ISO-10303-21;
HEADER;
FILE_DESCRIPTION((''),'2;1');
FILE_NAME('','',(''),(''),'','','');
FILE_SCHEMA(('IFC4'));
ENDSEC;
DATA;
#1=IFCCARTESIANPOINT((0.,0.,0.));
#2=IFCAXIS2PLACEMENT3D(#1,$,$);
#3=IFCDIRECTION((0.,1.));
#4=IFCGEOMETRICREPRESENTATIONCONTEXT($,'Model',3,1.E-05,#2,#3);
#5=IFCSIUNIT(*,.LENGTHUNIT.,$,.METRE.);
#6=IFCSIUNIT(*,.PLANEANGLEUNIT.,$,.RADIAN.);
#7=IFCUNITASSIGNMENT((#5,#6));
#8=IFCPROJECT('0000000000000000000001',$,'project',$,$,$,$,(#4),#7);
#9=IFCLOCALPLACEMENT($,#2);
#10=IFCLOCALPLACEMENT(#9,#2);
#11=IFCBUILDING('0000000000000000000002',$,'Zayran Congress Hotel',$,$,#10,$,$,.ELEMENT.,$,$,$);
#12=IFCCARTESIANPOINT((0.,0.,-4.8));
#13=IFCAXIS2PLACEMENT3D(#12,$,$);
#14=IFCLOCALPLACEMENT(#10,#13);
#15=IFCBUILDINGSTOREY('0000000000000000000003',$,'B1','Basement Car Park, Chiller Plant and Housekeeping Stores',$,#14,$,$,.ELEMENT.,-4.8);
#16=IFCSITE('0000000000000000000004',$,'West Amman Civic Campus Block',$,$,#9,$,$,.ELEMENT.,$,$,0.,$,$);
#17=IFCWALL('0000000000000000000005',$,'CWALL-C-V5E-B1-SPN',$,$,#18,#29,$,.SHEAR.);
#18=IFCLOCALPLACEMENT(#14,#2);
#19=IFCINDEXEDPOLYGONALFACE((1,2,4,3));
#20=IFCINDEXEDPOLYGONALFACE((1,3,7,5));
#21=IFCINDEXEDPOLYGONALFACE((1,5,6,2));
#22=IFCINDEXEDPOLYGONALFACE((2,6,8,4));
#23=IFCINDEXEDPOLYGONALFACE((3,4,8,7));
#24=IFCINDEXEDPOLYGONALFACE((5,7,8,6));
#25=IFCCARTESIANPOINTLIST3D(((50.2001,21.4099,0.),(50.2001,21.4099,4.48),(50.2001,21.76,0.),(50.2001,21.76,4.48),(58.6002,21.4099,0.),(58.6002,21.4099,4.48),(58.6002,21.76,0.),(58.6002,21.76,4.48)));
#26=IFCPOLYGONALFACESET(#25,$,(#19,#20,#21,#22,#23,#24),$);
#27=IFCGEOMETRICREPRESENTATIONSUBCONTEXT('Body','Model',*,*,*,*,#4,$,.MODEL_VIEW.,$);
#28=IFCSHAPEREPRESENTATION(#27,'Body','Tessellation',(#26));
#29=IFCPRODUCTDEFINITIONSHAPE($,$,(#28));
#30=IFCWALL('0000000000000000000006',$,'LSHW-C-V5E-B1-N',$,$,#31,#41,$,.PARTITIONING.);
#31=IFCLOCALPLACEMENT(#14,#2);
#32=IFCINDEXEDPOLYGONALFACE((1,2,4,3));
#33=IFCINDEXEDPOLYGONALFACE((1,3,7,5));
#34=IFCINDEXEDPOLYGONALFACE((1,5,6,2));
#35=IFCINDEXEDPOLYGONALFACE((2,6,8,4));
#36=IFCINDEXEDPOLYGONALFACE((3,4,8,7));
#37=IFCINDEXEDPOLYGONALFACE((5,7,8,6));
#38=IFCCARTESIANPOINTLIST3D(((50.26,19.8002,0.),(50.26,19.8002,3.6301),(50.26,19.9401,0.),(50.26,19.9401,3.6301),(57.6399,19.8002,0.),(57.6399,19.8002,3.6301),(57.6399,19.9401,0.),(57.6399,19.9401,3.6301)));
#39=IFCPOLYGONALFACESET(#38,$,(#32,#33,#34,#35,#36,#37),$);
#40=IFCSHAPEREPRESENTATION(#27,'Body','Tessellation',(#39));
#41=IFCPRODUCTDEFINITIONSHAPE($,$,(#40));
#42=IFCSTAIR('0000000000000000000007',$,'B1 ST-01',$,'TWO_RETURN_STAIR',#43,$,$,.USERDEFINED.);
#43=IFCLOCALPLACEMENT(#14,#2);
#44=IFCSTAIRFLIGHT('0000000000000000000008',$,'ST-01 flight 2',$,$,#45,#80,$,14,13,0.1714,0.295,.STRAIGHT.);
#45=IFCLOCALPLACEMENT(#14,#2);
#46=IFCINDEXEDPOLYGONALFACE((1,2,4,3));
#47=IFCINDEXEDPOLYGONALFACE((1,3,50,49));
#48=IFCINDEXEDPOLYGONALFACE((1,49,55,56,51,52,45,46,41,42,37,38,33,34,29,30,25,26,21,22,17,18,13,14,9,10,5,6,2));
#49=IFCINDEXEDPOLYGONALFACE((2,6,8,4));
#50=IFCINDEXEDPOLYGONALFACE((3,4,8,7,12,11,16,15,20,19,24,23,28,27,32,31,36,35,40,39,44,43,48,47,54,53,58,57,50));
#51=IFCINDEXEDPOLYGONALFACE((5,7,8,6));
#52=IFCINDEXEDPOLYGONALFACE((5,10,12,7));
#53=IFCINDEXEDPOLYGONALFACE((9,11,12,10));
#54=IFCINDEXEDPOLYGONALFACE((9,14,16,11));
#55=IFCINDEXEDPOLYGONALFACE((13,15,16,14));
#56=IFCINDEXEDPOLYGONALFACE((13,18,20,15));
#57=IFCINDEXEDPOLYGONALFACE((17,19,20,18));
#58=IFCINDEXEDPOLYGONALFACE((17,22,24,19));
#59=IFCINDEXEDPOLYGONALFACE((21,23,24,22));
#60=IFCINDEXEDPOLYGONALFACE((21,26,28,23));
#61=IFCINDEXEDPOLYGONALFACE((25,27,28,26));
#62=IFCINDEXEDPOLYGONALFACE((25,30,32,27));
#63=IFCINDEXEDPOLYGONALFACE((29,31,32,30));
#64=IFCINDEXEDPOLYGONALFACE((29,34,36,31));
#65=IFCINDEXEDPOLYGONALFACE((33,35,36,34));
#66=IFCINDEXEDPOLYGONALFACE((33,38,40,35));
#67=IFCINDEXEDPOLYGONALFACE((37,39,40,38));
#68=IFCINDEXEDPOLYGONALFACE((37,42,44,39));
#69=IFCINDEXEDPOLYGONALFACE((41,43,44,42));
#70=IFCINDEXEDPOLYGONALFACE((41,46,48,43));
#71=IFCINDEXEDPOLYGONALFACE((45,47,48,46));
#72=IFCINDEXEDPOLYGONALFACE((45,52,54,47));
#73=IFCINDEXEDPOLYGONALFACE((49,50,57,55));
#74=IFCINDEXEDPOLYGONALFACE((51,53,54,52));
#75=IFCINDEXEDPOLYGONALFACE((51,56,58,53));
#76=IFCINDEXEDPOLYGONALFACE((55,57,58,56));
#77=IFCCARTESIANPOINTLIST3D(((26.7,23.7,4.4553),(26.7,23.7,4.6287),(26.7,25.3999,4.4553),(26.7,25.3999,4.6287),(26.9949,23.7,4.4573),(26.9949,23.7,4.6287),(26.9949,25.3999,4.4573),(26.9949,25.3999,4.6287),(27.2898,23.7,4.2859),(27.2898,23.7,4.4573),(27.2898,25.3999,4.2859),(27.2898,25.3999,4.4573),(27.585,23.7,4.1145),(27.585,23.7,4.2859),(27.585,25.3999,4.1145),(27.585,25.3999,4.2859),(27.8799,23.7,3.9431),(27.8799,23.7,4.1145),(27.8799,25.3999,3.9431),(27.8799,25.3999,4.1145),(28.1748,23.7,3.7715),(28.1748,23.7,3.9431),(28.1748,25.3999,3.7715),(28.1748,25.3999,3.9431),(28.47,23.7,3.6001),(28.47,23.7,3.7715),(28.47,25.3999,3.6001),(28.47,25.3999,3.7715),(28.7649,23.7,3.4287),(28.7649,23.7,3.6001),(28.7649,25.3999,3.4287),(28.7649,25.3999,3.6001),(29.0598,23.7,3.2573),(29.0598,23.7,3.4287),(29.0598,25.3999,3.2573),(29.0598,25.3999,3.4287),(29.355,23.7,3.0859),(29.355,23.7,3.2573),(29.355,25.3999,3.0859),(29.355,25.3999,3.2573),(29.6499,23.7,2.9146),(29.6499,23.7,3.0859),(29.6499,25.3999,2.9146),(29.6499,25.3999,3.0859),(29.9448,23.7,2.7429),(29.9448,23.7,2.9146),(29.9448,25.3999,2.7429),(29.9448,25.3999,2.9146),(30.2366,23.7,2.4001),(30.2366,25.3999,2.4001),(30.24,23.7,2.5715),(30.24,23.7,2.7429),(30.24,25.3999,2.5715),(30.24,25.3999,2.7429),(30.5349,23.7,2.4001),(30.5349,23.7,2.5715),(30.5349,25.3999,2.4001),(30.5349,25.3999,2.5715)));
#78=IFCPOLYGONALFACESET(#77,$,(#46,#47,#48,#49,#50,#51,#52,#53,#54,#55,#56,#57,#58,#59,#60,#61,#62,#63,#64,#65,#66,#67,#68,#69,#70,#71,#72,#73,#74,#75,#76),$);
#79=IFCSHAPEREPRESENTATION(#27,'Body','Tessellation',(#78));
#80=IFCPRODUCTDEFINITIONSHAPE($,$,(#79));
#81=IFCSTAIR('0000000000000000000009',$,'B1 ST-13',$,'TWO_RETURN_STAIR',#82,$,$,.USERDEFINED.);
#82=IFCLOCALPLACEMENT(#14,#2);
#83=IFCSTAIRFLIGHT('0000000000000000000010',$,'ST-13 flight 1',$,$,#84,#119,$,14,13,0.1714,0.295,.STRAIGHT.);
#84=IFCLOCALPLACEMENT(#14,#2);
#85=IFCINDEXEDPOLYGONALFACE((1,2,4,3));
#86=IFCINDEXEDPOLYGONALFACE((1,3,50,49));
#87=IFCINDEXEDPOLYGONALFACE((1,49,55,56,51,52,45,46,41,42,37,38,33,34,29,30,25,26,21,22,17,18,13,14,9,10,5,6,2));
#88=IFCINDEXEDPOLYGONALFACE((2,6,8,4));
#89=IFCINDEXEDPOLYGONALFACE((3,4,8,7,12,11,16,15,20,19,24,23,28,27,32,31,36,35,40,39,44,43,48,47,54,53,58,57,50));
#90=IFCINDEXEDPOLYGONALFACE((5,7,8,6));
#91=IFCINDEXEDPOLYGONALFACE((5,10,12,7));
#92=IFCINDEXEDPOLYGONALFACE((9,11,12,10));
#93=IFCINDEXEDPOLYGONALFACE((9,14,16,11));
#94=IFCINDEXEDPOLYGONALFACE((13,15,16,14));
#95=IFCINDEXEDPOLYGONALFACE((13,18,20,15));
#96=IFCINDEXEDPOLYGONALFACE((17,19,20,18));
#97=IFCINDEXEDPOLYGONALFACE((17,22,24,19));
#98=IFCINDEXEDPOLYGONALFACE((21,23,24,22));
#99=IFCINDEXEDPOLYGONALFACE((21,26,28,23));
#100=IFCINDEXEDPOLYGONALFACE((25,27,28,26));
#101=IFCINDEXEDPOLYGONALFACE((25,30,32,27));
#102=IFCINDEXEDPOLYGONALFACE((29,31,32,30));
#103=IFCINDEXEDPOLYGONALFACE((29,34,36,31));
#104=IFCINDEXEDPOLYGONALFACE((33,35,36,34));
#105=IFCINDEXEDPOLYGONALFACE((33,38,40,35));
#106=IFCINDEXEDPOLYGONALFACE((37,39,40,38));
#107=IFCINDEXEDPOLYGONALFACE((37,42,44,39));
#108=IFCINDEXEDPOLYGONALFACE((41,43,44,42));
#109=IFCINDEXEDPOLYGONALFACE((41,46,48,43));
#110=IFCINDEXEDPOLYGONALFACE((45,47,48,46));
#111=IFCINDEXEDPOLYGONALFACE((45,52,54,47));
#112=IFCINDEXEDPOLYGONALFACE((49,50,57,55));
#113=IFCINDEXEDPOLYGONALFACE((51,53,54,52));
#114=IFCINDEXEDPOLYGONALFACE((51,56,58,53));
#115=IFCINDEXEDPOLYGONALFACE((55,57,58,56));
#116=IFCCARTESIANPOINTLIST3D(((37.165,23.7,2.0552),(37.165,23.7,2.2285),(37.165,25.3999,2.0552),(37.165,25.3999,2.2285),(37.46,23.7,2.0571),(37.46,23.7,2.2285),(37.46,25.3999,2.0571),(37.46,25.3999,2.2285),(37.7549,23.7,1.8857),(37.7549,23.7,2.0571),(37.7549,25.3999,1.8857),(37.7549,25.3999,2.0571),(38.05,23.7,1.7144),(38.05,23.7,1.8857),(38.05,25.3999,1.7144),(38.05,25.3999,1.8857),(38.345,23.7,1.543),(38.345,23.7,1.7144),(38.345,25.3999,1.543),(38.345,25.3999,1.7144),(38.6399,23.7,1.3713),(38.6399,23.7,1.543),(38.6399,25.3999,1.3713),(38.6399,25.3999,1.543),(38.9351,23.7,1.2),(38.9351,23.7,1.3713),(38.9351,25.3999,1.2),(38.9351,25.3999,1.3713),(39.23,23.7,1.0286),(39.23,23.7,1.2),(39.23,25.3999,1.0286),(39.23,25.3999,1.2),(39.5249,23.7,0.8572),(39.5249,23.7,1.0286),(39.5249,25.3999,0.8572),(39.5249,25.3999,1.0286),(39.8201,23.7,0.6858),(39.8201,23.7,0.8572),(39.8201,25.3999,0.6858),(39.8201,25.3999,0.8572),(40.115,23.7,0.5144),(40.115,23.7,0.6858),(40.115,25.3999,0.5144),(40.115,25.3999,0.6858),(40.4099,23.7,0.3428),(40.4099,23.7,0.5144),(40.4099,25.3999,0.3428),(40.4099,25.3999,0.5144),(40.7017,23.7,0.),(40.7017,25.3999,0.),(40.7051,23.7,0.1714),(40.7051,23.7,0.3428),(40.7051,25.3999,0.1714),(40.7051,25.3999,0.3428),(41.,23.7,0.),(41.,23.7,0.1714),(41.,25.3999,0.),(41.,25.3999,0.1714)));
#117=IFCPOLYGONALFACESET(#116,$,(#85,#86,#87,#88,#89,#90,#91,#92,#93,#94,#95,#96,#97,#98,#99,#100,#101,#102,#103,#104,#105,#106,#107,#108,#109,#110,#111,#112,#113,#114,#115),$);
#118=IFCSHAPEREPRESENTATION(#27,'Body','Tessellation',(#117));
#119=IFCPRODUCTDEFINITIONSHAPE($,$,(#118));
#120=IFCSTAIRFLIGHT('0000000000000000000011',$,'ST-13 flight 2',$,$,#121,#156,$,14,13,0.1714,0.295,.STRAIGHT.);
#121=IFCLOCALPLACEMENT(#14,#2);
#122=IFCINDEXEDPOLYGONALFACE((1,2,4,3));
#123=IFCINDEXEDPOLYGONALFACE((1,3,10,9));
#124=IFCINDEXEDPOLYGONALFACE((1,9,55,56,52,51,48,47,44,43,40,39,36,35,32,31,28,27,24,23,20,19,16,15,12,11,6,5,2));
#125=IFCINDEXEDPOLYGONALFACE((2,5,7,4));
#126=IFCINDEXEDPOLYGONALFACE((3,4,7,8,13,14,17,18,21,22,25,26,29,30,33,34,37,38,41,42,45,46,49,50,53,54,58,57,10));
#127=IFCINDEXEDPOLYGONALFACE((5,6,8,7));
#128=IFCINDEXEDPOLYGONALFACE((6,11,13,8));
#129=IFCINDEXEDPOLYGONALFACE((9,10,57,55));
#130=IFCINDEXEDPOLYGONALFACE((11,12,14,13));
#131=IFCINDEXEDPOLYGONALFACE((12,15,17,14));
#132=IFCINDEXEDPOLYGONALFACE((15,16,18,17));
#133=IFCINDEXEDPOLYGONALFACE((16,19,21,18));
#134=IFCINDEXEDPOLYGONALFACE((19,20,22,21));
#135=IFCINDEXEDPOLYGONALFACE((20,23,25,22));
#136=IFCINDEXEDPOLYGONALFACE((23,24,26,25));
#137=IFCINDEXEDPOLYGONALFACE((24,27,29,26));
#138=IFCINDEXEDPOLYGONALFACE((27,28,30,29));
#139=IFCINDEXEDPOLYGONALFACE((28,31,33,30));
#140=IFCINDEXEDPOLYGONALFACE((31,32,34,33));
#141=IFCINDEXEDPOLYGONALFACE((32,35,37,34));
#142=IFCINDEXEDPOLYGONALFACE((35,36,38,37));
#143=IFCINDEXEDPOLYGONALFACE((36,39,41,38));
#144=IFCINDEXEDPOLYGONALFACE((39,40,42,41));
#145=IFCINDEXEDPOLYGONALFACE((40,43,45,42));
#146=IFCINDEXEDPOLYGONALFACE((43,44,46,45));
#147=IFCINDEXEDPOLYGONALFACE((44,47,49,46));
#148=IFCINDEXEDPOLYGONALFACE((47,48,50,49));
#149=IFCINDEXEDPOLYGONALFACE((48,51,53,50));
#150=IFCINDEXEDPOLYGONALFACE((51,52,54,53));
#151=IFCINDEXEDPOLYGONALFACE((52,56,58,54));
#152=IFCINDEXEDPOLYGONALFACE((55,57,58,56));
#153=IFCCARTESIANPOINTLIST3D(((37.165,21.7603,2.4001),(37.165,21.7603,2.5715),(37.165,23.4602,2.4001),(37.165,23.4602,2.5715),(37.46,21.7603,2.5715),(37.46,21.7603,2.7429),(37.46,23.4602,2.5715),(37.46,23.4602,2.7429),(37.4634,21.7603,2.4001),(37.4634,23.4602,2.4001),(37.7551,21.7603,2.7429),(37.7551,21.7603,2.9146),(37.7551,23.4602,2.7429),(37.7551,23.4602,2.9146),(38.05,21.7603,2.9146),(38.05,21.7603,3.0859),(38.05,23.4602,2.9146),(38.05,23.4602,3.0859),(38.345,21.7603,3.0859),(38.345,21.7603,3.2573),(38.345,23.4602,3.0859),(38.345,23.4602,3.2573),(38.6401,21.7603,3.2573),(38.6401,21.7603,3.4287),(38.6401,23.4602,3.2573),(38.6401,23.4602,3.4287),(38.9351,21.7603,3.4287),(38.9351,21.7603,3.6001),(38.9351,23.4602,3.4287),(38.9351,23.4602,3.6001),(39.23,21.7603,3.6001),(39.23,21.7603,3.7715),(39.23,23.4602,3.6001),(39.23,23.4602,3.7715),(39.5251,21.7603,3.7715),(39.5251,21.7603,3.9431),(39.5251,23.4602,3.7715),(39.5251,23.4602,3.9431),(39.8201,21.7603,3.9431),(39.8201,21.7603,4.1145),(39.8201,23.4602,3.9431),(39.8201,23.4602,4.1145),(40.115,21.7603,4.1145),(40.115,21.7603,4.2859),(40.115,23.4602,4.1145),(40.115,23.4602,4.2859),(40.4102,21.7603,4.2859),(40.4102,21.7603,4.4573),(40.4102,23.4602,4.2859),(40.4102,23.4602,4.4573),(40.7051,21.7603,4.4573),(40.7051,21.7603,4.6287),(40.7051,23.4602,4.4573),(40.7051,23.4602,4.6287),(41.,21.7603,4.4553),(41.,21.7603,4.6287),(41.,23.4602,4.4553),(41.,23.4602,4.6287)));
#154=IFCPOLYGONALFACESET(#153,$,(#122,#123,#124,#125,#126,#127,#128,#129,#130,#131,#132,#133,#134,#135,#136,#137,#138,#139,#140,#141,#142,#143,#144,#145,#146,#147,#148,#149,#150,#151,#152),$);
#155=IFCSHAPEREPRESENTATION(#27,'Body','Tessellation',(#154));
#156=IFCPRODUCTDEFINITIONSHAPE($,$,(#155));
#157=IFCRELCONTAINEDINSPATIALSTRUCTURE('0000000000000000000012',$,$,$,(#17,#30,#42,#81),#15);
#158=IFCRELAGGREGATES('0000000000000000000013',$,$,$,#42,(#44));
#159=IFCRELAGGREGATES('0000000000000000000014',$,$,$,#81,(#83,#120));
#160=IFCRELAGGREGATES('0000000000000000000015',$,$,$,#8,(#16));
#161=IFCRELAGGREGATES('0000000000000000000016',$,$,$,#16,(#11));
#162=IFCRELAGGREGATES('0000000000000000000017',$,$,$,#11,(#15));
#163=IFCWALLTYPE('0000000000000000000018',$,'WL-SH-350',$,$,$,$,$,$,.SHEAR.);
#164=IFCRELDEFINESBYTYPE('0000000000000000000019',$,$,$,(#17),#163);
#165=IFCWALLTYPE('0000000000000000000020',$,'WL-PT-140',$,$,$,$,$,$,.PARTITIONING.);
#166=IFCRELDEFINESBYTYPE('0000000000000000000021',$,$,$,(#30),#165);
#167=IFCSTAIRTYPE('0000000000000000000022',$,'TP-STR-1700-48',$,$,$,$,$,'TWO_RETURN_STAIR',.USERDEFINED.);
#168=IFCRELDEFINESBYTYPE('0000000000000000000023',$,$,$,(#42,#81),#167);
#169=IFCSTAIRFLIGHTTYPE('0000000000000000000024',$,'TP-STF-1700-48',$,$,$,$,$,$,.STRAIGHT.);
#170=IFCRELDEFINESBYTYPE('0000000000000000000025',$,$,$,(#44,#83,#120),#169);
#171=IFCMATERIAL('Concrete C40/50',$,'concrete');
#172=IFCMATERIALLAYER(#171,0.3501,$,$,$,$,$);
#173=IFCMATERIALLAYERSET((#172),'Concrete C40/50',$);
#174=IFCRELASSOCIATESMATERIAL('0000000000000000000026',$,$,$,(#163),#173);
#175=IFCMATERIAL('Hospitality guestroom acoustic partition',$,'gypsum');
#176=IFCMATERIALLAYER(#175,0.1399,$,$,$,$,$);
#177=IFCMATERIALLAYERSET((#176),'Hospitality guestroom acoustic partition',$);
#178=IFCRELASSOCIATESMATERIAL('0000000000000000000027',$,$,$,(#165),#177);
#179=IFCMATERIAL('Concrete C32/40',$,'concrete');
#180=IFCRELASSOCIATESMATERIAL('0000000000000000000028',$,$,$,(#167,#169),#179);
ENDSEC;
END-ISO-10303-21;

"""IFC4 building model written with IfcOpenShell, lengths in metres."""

from ifc_helpers import new_model, si_unit, direction, frame, frame_2d, origin, place, context, subcontext, project, spatial, polyline, rectangle, outline, extrude, material, layer, layer_set, type_object, element, aggregate, save


model = new_model("IFC4")

# Units and contexts
model_context = context("Model", 3, precision=1e-05, world=origin(), true_north=direction((0.0, 1.0)))
body_context = subcontext(model_context, "Body", "Model", "MODEL_VIEW")
ifc_project = project(units=[si_unit("LENGTHUNIT", "METRE"), si_unit("PLANEANGLEUNIT", "RADIAN")], contexts=[model_context])

# Site, building, storey
site_placement = place(None, origin())
site = spatial("IfcSite", under=ifc_project, at=site_placement, Name="West Amman Civic Campus Block", CompositionType="ELEMENT", RefElevation=0.0)
building_placement = place(site_placement, origin())
building = spatial("IfcBuilding", under=site, at=building_placement, Name="Zayran Congress Hotel", CompositionType="ELEMENT")
storey_placement = place(building_placement, frame((0.0, 0.0, -4.8)))
storey = spatial("IfcBuildingStorey", under=building, at=storey_placement, Name="B1", Description="Basement Car Park, Chiller Plant and Housekeeping Stores", CompositionType="ELEMENT", Elevation=-4.8)

# Shared definitions
ifc_material_1 = material(Name="Concrete C40/50", Category="concrete")

# Walls
ifc_layer_1 = layer(ifc_material_1, 0.3501)
ifc_layer_set_1 = layer_set([ifc_layer_1], Name="Concrete C40/50")
wall_type_1 = type_object("IfcWallType", Name="WL-SH-350", PredefinedType="SHEAR", material=ifc_layer_set_1)
wall_1_placement = place(storey_placement, frame((50.2, 21.585, 0.0), z_axis=(0.0, 0.0, 1.0), x_axis=(1.0, 0.0, 0.0)))
element("IfcWall", 1, at=wall_1_placement, inside=storey, type_object=wall_type_1, Name="CWALL-C-V5E-B1-SPN", PredefinedType="SHEAR", context=body_context, shape_type="SweptSolid", body=[
    extrude(rectangle(XDim=8.4001, YDim=0.3501, at=frame_2d((4.2002, 0.0))), origin(), (0.0, 0.0, 1.0), 4.48),
])
ifc_material_2 = material(Name="Hospitality guestroom acoustic partition", Category="gypsum")
ifc_layer_2 = layer(ifc_material_2, 0.1399)
ifc_layer_set_2 = layer_set([ifc_layer_2], Name="Hospitality guestroom acoustic partition")
wall_type_2 = type_object("IfcWallType", Name="WL-PT-140", PredefinedType="PARTITIONING", material=ifc_layer_set_2)
wall_2_placement = place(storey_placement, frame((50.26, 19.8701, 0.0), z_axis=(0.0, 0.0, 1.0), x_axis=(1.0, 0.0, 0.0)))
element("IfcWall", 2, at=wall_2_placement, inside=storey, type_object=wall_type_2, Name="LSHW-C-V5E-B1-N", PredefinedType="PARTITIONING", context=body_context, shape_type="SweptSolid", body=[
    extrude(rectangle(XDim=7.3799, YDim=0.1399, at=frame_2d((3.6899, 0.0))), origin(), (0.0, 0.0, 1.0), 3.6301),
])

# Stair, stair flight
ifc_material_3 = material(Name="Concrete C32/40", Category="concrete")
stair_type = type_object("IfcStairType", Name="TP-STR-1700-48", ElementType="TWO_RETURN_STAIR", PredefinedType="USERDEFINED", material=ifc_material_3)
stair_1_placement = place(storey_placement, origin())
stair_1 = element("IfcStair", 3, at=stair_1_placement, inside=storey, type_object=stair_type, Name="B1 ST-01", ObjectType="TWO_RETURN_STAIR", PredefinedType="USERDEFINED")
stair_flight_type = type_object("IfcStairFlightType", Name="TP-STF-1700-48", PredefinedType="STRAIGHT", material=ifc_material_3)
stair_flight_1_placement = place(storey_placement, frame((30.5349, 24.55, 2.4001), z_axis=(0.0, 0.0, 1.0), x_axis=(-1.0, 0.0, 0.0)))
stair_flight_1 = element("IfcStairFlight", 4, at=stair_flight_1_placement, type_object=stair_flight_type, Name="ST-01 flight 2", NumberOfRisers=14, NumberOfTreads=13, PredefinedType="STRAIGHT", RiserHeight=0.1714, TreadLength=0.295, context=body_context, shape_type="SweptSolid", body=[
    extrude(outline(polyline([(0.0, 0.0), (0.0, 0.1714), (0.2949, 0.1714), (0.2949, 0.3428), (0.5901, 0.3428), (0.5901, 0.5144), (0.885, 0.5144), (0.885, 0.6858), (1.1799, 0.6858), (1.1799, 0.8572), (1.4751, 0.8572), (1.4751, 1.0286), (1.77, 1.0286), (1.77, 1.2), (2.0649, 1.2), (2.0649, 1.3713), (2.3601, 1.3713), (2.3601, 1.543), (2.655, 1.543), (2.655, 1.7144), (2.95, 1.7144), (2.95, 1.8857), (3.2451, 1.8857), (3.2451, 2.0571), (3.54, 2.0571), (3.54, 2.2285), (3.835, 2.2285), (3.835, 2.3999), (3.835, 2.0552), (0.2983, 0.0), (0.0, 0.0)])), frame((0.0, 0.8501, 0.0), z_axis=(0.0, -1.0, 0.0), x_axis=(1.0, 0.0, 0.0)), (0.0, 0.0, 1.0), 1.7),
])
aggregate(stair_1, [stair_flight_1])

# Stair, stair flights
stair_2_placement = place(storey_placement, origin())
stair_2 = element("IfcStair", 5, at=stair_2_placement, inside=storey, type_object=stair_type, Name="B1 ST-13", ObjectType="TWO_RETURN_STAIR", PredefinedType="USERDEFINED")
stair_flight_2_placement = place(storey_placement, frame((41.0, 24.55, 0.0), z_axis=(0.0, 0.0, 1.0), x_axis=(-1.0, 0.0, 0.0)))
stair_flight_2 = element("IfcStairFlight", 6, at=stair_flight_2_placement, type_object=stair_flight_type, Name="ST-13 flight 1", NumberOfRisers=14, NumberOfTreads=13, PredefinedType="STRAIGHT", RiserHeight=0.1714, TreadLength=0.295, context=body_context, shape_type="SweptSolid", body=[
    extrude(outline(polyline([(0.0, 0.0), (0.0, 0.1714), (0.2949, 0.1714), (0.2949, 0.3428), (0.5901, 0.3428), (0.5901, 0.5144), (0.885, 0.5144), (0.885, 0.6858), (1.1799, 0.6858), (1.1799, 0.8572), (1.4751, 0.8572), (1.4751, 1.0286), (1.77, 1.0286), (1.77, 1.2), (2.0649, 1.2), (2.0649, 1.3713), (2.3601, 1.3713), (2.3601, 1.543), (2.655, 1.543), (2.655, 1.7144), (2.95, 1.7144), (2.95, 1.8857), (3.2451, 1.8857), (3.2451, 2.0571), (3.54, 2.0571), (3.54, 2.2285), (3.835, 2.2285), (3.835, 2.3999), (3.835, 2.0552), (0.2983, 0.0), (0.0, 0.0)])), frame((0.0, 0.8501, 0.0), z_axis=(0.0, -1.0, 0.0), x_axis=(1.0, 0.0, 0.0)), (0.0, 0.0, 1.0), 1.7),
])
stair_flight_3_placement = place(storey_placement, frame((37.165, 22.6101, 2.4001), z_axis=(0.0, 0.0, 1.0), x_axis=(1.0, 0.0, 0.0)))
stair_flight_3 = element("IfcStairFlight", 7, at=stair_flight_3_placement, type_object=stair_flight_type, Name="ST-13 flight 2", NumberOfRisers=14, NumberOfTreads=13, PredefinedType="STRAIGHT", RiserHeight=0.1714, TreadLength=0.295, context=body_context, shape_type="SweptSolid", body=[
    extrude(outline(polyline([(0.0, 0.0), (0.0, 0.1714), (0.2949, 0.1714), (0.2949, 0.3428), (0.5901, 0.3428), (0.5901, 0.5144), (0.885, 0.5144), (0.885, 0.6858), (1.1799, 0.6858), (1.1799, 0.8572), (1.4751, 0.8572), (1.4751, 1.0286), (1.77, 1.0286), (1.77, 1.2), (2.0649, 1.2), (2.0649, 1.3713), (2.3601, 1.3713), (2.3601, 1.543), (2.655, 1.543), (2.655, 1.7144), (2.95, 1.7144), (2.95, 1.8857), (3.2451, 1.8857), (3.2451, 2.0571), (3.54, 2.0571), (3.54, 2.2285), (3.835, 2.2285), (3.835, 2.3999), (3.835, 2.0552), (0.2983, 0.0), (0.0, 0.0)])), frame((0.0, 0.8501, 0.0), z_axis=(0.0, -1.0, 0.0), x_axis=(1.0, 0.0, 0.0)), (0.0, 0.0, 1.0), 1.7),
])
aggregate(stair_2, [stair_flight_2, stair_flight_3])

save(model, "model.ifc")
